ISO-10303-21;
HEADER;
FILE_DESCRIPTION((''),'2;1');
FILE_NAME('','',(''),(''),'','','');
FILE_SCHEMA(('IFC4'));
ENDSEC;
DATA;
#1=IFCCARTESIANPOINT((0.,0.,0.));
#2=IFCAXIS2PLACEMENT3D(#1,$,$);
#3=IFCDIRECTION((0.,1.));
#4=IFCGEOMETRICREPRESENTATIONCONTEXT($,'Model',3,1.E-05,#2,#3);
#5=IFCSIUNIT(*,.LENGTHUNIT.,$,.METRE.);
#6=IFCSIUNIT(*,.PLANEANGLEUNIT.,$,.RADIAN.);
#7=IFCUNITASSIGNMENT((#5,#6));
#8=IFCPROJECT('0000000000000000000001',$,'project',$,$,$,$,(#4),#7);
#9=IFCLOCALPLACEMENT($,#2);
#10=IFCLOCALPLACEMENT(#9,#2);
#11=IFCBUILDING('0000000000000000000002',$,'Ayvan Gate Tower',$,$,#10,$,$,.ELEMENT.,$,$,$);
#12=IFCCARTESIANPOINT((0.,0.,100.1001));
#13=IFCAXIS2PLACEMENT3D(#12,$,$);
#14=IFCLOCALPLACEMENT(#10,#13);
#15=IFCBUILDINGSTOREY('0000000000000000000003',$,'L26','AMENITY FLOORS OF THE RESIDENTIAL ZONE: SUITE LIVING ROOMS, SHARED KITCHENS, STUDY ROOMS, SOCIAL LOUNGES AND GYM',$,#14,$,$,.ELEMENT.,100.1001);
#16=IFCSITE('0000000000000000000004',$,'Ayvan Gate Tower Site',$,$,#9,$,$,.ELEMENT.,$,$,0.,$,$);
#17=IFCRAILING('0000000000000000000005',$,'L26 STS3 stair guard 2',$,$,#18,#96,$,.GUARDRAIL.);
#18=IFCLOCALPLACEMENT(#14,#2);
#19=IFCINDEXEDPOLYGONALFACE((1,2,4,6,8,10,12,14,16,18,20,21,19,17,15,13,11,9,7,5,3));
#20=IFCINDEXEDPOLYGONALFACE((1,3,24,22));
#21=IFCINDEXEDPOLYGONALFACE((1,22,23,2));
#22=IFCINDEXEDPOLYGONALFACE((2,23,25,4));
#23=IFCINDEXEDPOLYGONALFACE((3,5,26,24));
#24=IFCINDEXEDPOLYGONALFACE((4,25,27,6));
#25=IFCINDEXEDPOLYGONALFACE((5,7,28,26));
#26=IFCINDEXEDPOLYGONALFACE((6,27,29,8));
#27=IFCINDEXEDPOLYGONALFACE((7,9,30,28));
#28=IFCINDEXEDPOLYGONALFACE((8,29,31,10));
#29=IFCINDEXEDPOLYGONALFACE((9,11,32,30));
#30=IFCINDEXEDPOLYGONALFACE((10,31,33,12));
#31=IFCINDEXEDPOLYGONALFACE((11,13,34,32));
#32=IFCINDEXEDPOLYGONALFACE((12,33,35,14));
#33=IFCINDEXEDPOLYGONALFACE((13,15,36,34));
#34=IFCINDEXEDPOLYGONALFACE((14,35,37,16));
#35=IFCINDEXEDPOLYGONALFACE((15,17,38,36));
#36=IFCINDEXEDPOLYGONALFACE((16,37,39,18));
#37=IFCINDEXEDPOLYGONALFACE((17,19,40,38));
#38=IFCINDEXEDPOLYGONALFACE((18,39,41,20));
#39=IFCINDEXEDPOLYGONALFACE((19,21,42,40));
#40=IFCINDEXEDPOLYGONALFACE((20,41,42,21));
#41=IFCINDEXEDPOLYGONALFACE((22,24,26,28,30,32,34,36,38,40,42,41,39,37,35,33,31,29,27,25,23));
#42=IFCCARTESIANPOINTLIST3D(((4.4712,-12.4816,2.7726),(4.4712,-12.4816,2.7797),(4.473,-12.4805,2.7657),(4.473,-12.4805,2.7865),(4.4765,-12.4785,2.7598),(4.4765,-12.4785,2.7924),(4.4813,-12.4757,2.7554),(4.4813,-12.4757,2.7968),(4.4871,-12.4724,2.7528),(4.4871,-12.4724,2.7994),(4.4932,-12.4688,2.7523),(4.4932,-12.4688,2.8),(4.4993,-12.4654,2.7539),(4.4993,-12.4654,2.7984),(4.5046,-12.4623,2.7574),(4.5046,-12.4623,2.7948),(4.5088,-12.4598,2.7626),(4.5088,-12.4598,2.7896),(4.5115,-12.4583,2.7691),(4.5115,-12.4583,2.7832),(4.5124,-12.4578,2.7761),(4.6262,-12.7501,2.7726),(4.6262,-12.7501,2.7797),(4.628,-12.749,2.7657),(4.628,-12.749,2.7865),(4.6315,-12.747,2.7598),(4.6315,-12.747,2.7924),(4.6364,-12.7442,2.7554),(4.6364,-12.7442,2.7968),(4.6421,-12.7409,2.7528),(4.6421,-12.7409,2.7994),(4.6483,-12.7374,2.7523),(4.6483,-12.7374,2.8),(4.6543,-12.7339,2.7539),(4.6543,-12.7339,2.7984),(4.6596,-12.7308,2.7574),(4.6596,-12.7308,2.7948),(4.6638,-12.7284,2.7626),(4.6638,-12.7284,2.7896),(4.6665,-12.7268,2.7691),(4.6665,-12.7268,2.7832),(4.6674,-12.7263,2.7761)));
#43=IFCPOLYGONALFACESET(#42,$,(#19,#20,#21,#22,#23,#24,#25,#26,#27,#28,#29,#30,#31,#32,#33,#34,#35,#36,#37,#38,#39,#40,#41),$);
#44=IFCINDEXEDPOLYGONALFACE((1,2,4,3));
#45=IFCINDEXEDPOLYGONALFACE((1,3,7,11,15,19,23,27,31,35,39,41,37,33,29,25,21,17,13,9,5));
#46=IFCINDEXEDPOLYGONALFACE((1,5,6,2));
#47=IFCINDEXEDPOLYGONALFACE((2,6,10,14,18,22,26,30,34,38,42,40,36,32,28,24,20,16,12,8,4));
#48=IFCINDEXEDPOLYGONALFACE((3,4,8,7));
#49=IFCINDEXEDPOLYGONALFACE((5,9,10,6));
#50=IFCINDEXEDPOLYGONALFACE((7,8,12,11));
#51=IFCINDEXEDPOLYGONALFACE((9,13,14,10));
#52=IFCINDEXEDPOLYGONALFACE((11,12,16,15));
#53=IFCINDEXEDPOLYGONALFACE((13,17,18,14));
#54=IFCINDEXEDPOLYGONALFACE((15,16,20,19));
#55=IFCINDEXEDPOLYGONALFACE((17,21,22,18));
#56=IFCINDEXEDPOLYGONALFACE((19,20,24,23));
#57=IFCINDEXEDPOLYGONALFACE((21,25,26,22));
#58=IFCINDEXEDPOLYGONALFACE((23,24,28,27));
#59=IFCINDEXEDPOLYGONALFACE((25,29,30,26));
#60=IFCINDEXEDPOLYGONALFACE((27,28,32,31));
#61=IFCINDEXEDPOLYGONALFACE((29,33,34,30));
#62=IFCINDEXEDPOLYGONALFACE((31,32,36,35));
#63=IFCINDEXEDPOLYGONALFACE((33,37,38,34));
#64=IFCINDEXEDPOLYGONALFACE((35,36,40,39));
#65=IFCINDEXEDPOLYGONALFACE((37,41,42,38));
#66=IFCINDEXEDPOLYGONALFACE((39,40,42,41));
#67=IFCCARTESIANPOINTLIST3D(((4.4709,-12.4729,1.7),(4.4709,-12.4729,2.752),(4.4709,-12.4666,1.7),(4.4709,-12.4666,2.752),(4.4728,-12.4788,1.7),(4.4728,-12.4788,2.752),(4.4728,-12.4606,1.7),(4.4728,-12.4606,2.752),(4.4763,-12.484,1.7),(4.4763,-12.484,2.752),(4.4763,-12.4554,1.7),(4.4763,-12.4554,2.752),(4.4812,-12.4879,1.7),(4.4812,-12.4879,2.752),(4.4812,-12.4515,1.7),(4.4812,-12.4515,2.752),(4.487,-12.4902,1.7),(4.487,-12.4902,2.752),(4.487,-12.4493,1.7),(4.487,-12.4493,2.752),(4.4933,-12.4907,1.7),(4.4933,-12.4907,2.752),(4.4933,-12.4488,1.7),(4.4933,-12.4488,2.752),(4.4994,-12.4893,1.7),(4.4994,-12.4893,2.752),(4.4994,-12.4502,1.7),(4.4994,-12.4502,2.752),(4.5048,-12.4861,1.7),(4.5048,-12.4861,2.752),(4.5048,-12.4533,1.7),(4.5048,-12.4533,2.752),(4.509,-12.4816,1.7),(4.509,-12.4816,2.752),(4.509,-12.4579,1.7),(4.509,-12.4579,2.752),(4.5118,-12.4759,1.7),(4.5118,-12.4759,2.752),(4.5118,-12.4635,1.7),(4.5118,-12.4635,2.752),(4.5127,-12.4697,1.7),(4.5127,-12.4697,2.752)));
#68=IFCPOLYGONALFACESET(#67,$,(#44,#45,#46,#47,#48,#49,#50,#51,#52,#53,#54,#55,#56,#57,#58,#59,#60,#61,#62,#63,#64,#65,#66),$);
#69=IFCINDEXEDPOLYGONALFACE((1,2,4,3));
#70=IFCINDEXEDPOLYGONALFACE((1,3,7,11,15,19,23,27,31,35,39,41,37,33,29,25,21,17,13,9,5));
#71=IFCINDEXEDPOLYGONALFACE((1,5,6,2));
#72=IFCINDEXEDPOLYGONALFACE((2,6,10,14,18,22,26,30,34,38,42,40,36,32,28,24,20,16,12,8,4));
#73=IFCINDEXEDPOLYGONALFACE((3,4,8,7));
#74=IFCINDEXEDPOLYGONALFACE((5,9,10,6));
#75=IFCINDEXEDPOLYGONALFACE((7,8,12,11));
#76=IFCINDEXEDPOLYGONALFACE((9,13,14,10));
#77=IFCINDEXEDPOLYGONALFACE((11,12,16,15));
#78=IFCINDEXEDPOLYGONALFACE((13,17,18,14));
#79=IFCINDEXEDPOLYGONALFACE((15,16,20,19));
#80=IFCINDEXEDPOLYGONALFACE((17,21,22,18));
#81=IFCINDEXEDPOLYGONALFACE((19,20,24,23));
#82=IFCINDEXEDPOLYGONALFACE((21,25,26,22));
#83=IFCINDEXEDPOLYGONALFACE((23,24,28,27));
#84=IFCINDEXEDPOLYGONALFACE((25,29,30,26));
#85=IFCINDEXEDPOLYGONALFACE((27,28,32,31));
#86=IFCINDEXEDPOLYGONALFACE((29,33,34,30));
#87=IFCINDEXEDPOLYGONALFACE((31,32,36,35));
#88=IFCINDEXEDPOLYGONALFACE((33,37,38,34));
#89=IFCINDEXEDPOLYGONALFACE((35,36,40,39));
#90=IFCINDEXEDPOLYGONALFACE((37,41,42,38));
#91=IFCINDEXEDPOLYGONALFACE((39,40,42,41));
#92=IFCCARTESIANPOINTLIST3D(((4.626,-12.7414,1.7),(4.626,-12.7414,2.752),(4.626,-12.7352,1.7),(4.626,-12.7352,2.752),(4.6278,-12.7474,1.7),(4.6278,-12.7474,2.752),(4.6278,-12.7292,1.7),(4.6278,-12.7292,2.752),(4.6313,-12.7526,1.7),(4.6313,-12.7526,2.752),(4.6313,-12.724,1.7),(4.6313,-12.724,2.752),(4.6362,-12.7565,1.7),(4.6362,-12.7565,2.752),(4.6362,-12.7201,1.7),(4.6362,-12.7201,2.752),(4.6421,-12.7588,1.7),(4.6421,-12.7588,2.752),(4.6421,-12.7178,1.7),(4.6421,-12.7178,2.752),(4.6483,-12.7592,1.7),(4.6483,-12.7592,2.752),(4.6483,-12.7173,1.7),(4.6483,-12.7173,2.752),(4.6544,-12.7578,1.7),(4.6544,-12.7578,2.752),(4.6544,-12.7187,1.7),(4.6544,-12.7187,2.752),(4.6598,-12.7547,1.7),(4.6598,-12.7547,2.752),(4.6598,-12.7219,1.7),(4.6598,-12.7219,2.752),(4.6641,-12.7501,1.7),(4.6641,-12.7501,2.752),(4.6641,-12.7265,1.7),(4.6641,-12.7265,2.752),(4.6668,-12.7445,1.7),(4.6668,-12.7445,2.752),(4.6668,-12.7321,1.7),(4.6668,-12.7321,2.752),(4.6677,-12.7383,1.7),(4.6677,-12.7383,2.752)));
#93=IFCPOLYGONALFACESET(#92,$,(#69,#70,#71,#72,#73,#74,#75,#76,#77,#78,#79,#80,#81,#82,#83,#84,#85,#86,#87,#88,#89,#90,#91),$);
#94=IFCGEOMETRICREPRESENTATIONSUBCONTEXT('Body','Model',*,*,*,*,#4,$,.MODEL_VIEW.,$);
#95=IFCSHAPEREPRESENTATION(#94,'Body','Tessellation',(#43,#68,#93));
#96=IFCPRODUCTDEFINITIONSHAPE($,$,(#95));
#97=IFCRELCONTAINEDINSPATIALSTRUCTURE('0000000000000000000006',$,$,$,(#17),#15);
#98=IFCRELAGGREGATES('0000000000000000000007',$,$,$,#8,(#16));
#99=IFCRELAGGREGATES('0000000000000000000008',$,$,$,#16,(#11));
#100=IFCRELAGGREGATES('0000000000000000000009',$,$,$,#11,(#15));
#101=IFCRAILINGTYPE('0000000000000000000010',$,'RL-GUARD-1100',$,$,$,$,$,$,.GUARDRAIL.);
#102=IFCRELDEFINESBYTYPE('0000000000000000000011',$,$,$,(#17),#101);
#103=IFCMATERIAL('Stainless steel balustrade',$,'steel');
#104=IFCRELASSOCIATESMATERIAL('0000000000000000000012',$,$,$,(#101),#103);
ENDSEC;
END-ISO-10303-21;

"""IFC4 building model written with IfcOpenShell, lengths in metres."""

from ifc_helpers import new_model, si_unit, direction, frame, origin, origin_2d, place, context, subcontext, project, spatial, circle, extrude, material, type_object, element, save


model = new_model("IFC4")

# Units and contexts
model_context = context("Model", 3, precision=1e-05, world=origin(), true_north=direction((0.0, 1.0)))
body_context = subcontext(model_context, "Body", "Model", "MODEL_VIEW")
ifc_project = project(units=[si_unit("LENGTHUNIT", "METRE"), si_unit("PLANEANGLEUNIT", "RADIAN")], contexts=[model_context])

# Site, building, storey
site_placement = place(None, origin())
site = spatial("IfcSite", under=ifc_project, at=site_placement, Name="Ayvan Gate Tower Site", CompositionType="ELEMENT", RefElevation=0.0)
building_placement = place(site_placement, origin())
building = spatial("IfcBuilding", under=site, at=building_placement, Name="Ayvan Gate Tower", CompositionType="ELEMENT")
storey_placement = place(building_placement, frame((0.0, 0.0, 100.1001)))
storey = spatial("IfcBuildingStorey", under=building, at=storey_placement, Name="L26", Description="AMENITY FLOORS OF THE RESIDENTIAL ZONE: SUITE LIVING ROOMS, SHARED KITCHENS, STUDY ROOMS, SOCIAL LOUNGES AND GYM", CompositionType="ELEMENT", Elevation=100.1001)

# Railing
ifc_material_1 = material(Name="Stainless steel balustrade", Category="steel")
railing_type_1 = type_object("IfcRailingType", Name="RL-GUARD-1100", PredefinedType="GUARDRAIL", material=ifc_material_1)
railing_1_placement = place(storey_placement, frame((4.4917, -12.4697, 1.7)))
element("IfcRailing", 1, at=railing_1_placement, inside=storey, type_object=railing_type_1, Name="L26 STS3 stair guard 2", PredefinedType="GUARDRAIL", context=body_context, shape_type="SweptSolid", body=[
    extrude(circle(Radius=0.0239, at=origin_2d()), frame((0.0, 0.0, 1.0762), z_axis=(0.49995, -0.866054, 0.0), x_axis=(0.866054, 0.49995, 0.0)), (0.0, 0.0, 1.0), 0.3101),
    extrude(circle(Radius=0.021, at=origin_2d()), origin(), (0.0, 0.0, 1.0), 1.052),
    extrude(circle(Radius=0.021, at=origin_2d()), frame((0.155, -0.2686, 0.0)), (0.0, 0.0, 1.0), 1.052),
])

save(model, "model.ifc")
